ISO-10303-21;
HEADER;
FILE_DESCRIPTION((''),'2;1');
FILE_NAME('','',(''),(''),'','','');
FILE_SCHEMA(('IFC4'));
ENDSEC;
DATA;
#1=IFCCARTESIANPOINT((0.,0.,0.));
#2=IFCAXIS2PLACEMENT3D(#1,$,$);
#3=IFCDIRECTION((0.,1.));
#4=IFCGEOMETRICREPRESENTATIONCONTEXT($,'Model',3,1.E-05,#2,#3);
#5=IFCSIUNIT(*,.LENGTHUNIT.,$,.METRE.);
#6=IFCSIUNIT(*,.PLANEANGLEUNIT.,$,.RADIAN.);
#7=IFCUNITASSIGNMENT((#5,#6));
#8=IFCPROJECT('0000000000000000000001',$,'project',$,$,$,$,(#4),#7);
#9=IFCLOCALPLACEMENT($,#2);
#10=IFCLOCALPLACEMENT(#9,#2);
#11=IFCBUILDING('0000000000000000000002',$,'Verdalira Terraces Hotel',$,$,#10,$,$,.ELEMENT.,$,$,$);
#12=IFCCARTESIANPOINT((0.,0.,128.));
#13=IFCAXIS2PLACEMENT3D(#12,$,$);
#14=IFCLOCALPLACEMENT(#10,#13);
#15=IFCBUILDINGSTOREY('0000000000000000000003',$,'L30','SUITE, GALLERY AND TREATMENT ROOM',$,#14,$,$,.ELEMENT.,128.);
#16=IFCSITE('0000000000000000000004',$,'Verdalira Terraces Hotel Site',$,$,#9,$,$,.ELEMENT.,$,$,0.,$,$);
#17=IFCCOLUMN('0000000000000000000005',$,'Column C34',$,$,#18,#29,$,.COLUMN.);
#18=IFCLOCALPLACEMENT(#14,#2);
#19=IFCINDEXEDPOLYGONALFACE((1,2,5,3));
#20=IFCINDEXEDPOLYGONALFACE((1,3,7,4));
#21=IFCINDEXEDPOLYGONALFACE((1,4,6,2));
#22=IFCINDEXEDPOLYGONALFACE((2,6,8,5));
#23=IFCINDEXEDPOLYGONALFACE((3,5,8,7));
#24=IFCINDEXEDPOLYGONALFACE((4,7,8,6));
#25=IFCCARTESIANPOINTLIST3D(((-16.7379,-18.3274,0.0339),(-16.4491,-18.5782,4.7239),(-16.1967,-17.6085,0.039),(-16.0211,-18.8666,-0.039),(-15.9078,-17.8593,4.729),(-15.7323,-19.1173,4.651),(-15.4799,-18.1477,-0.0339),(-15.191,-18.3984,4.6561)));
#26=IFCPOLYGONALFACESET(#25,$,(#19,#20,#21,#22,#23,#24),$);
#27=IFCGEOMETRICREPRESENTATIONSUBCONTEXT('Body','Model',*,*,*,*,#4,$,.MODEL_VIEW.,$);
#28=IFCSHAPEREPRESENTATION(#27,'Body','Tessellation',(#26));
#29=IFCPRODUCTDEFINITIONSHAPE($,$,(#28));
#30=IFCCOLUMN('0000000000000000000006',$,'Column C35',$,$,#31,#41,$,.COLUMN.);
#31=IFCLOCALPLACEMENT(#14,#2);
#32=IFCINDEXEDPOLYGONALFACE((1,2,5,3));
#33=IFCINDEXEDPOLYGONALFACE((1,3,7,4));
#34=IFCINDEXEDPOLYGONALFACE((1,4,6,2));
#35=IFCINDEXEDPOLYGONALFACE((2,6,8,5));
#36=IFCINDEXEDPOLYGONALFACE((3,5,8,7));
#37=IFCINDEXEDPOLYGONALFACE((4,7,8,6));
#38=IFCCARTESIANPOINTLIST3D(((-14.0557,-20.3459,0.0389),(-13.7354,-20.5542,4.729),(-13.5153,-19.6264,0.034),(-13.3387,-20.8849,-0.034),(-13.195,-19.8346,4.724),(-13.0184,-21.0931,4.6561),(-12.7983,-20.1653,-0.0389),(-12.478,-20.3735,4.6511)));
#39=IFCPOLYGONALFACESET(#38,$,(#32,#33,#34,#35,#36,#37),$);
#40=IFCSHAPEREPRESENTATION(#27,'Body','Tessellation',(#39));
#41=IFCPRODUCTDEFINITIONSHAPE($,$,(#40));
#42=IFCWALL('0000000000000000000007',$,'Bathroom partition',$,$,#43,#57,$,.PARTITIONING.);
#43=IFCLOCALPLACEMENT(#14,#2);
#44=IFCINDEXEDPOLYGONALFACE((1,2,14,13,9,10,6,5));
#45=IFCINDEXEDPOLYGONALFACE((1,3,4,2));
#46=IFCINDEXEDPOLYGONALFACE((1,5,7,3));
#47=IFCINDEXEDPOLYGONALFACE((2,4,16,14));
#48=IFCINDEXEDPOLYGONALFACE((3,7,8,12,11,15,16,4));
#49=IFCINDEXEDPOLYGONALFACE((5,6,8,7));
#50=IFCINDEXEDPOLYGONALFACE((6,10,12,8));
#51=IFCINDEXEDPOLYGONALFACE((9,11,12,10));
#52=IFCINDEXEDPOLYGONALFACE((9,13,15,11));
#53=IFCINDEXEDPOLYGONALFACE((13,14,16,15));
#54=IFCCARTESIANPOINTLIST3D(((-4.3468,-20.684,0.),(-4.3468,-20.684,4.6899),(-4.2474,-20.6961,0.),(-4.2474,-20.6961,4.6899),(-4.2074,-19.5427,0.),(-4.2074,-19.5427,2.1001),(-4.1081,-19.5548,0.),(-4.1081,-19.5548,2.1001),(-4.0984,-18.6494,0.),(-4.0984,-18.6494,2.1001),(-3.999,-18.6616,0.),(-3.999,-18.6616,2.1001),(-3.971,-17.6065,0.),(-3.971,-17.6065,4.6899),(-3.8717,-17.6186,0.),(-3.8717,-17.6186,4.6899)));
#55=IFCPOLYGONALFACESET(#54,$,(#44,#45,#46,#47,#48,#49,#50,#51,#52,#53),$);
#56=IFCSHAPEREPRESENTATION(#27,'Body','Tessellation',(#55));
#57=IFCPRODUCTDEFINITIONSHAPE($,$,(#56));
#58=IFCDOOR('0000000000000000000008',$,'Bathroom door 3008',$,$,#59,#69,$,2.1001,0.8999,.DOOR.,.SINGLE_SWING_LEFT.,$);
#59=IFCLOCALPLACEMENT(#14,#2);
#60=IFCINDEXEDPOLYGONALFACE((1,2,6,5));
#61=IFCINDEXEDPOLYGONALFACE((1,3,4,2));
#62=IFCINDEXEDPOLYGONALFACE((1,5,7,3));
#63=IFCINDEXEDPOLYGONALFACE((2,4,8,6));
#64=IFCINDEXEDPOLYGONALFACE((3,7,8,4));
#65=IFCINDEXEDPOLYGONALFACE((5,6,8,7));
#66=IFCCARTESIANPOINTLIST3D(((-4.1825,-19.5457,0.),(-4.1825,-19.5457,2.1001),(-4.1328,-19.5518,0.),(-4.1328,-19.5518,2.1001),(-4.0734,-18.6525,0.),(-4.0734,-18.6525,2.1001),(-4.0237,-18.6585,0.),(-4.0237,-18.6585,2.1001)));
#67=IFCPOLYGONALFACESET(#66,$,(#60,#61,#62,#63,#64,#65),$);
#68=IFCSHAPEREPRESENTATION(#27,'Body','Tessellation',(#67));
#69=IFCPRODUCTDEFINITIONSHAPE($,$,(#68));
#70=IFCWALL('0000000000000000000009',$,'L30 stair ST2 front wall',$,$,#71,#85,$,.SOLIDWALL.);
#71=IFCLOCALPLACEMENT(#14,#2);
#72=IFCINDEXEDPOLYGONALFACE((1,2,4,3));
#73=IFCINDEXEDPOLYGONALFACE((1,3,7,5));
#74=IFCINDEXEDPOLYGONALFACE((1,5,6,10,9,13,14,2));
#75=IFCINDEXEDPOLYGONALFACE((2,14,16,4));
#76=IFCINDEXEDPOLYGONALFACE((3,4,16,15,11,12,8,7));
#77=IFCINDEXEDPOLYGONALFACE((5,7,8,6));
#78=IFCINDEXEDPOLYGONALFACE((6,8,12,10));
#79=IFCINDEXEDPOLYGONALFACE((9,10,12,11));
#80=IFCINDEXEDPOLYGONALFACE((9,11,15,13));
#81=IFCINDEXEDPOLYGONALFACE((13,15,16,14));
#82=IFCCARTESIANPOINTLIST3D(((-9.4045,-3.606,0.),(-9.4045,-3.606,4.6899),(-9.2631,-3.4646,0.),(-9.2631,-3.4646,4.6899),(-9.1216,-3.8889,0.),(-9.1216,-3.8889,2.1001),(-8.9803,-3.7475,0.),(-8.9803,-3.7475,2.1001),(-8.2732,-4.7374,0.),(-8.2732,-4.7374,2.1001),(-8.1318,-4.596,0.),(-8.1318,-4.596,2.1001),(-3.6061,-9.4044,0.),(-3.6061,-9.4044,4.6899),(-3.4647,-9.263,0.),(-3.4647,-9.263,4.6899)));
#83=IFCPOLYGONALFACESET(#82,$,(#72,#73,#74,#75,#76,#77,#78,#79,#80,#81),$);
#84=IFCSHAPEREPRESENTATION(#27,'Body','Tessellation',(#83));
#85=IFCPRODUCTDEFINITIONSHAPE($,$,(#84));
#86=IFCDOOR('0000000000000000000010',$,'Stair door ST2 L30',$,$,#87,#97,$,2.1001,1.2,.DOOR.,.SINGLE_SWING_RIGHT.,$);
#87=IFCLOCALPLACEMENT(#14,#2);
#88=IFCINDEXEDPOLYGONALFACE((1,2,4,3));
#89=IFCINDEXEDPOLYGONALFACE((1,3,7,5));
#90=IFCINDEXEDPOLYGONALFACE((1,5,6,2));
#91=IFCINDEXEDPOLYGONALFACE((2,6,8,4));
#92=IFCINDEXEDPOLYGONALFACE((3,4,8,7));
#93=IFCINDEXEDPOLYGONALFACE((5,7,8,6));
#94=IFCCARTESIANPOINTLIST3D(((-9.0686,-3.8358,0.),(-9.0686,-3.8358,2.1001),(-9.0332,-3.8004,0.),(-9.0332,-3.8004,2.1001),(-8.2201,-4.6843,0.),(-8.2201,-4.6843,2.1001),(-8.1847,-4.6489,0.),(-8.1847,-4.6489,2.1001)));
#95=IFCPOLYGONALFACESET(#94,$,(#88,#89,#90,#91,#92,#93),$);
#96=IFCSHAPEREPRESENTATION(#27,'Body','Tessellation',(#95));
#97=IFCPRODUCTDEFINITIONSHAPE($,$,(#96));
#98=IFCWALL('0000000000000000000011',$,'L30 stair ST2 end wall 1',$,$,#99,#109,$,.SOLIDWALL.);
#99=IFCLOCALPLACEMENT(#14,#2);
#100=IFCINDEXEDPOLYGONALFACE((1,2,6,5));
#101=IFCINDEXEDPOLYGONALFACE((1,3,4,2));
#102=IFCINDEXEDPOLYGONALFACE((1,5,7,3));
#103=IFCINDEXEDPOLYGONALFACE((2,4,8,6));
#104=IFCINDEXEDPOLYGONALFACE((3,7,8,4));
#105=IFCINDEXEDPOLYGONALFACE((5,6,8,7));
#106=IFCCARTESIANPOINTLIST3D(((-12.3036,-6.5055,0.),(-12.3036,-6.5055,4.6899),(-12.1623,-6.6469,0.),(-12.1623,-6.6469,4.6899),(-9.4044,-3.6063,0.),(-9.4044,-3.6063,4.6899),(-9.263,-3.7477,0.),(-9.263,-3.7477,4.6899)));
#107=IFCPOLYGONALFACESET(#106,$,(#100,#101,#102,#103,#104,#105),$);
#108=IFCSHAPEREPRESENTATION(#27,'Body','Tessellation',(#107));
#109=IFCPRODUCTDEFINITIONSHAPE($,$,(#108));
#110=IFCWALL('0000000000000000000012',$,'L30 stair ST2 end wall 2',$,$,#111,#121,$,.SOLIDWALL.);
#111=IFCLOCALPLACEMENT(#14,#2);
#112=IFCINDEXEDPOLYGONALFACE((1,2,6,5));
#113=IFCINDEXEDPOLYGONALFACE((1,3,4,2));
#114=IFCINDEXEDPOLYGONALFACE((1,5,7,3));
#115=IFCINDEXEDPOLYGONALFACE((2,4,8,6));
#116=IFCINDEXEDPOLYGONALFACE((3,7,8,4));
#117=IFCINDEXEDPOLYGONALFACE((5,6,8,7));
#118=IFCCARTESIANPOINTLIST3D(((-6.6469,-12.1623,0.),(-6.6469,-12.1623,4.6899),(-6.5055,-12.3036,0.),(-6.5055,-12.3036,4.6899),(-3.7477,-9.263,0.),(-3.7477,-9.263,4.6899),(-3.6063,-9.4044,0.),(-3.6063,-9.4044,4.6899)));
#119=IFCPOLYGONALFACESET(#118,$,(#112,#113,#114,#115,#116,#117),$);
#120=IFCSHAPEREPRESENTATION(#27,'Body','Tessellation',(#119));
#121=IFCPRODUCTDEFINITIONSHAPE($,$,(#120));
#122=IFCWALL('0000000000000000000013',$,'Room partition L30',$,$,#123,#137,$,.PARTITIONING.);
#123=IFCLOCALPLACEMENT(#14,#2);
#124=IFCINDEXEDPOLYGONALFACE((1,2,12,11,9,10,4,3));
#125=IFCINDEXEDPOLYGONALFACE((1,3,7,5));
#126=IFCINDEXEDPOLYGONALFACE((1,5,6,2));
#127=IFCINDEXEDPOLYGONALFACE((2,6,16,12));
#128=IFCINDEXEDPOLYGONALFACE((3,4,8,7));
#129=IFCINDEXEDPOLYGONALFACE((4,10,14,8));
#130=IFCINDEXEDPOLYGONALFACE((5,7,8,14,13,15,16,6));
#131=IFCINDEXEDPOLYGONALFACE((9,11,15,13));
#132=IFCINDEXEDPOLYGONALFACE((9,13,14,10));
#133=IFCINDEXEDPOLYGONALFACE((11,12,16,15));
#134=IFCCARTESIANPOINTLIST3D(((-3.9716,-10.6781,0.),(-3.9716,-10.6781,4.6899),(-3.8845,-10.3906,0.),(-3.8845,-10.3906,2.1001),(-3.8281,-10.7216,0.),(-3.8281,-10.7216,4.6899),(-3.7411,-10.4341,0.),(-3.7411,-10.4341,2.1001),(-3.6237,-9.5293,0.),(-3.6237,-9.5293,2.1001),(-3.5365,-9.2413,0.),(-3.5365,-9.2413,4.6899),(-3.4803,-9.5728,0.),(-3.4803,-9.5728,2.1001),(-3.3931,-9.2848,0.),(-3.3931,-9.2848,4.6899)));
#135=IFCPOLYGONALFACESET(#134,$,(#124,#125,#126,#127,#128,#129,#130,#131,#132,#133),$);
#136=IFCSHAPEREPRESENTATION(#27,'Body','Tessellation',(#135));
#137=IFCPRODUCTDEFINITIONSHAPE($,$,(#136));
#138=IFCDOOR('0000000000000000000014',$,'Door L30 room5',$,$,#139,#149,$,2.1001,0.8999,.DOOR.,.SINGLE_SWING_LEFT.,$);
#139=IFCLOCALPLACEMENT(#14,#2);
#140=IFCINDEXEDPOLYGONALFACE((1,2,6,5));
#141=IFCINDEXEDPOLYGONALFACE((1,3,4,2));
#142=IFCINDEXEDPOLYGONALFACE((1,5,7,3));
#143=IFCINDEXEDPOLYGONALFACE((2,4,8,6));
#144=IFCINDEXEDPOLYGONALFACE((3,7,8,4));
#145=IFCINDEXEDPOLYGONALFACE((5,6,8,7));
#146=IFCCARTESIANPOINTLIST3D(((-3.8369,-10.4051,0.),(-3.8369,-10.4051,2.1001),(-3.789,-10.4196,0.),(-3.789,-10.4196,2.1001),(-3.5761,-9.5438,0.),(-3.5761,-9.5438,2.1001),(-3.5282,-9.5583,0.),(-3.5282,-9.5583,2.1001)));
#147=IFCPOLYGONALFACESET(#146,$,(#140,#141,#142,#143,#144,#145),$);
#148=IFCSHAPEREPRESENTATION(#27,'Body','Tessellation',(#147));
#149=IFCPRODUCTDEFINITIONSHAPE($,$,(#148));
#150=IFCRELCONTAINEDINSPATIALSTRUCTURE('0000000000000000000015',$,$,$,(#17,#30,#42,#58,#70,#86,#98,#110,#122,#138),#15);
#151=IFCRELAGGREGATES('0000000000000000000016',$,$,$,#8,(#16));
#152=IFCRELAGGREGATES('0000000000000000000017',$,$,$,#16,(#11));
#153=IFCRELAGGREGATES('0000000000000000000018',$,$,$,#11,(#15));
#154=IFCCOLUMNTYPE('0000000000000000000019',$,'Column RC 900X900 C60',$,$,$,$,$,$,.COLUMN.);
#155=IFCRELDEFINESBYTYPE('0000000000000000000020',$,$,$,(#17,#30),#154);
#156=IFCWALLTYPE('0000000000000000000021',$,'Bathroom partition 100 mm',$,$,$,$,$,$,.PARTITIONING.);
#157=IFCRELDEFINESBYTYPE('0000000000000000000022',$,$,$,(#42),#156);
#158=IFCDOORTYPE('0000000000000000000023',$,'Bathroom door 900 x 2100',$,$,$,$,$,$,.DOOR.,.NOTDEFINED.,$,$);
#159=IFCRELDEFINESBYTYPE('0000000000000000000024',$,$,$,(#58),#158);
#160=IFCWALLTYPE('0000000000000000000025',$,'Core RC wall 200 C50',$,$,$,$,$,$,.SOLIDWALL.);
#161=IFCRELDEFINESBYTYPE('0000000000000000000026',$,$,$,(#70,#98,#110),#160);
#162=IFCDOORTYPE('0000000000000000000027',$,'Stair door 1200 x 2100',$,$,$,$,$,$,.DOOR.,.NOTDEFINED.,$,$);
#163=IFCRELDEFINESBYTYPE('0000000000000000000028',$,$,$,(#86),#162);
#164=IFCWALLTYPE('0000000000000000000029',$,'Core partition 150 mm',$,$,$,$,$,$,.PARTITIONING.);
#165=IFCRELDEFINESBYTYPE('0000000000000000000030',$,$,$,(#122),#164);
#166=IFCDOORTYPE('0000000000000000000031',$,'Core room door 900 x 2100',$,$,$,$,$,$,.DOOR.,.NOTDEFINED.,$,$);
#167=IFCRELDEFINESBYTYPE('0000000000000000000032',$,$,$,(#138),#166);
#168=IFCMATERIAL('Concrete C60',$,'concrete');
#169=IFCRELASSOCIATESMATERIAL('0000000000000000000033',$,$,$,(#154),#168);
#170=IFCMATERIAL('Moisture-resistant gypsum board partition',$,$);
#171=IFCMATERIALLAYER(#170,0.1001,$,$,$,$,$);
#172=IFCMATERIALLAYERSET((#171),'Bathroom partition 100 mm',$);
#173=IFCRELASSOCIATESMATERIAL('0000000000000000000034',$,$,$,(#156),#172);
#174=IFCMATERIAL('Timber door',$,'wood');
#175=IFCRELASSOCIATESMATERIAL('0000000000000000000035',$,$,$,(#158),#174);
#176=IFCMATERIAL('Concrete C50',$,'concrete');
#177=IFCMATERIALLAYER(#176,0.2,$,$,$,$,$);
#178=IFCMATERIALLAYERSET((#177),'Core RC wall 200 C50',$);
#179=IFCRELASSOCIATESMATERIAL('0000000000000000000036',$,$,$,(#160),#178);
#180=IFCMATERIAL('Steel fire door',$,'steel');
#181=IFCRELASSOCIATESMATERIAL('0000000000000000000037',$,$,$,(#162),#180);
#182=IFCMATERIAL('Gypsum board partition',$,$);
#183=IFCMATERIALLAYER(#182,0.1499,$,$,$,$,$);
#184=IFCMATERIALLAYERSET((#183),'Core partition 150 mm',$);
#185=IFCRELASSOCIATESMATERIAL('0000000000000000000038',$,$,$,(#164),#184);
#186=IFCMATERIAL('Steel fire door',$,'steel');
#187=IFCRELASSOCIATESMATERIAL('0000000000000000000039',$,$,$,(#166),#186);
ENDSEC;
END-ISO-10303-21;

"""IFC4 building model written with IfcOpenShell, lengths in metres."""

from ifc_helpers import new_model, si_unit, direction, frame, frame_2d, origin, origin_2d, place, context, subcontext, project, spatial, rectangle, extrude, material, layer, layer_set, material_profile, profile_set, type_object, element, fill, save


model = new_model("IFC4")

# Units and contexts
model_context = context("Model", 3, precision=1e-05, world=origin(), true_north=direction((0.0, 1.0)))
body_context = subcontext(model_context, "Body", "Model", "MODEL_VIEW")
ifc_project = project(units=[si_unit("LENGTHUNIT", "METRE"), si_unit("PLANEANGLEUNIT", "RADIAN")], contexts=[model_context])

# Site, building, storey
site_placement = place(None, origin())
site = spatial("IfcSite", under=ifc_project, at=site_placement, Name="Verdalira Terraces Hotel Site", CompositionType="ELEMENT", RefElevation=0.0)
building_placement = place(site_placement, origin())
building = spatial("IfcBuilding", under=site, at=building_placement, Name="Verdalira Terraces Hotel", CompositionType="ELEMENT")
storey_placement = place(building_placement, frame((0.0, 0.0, 128.0)))
storey = spatial("IfcBuildingStorey", under=building, at=storey_placement, Name="L30", Description="SUITE, GALLERY AND TREATMENT ROOM", CompositionType="ELEMENT", Elevation=128.0)

# Columns
ifc_material_1 = material(Name="Concrete C60", Category="concrete")
ifc_material_profile = material_profile(ifc_material_1, rectangle(XDim=0.8999, YDim=0.8999, at=origin_2d()), Name="RC 900X900")
ifc_profile_set = profile_set([ifc_material_profile], Name="Concrete C60")
column_type = type_object("IfcColumnType", Name="Column RC 900X900 C60", PredefinedType="COLUMN", material=ifc_profile_set)
for number, where, z_axis, x_axis, name in (
    (1, (-16.1089, -18.2375, 0.0), (0.061379, -0.053285, 0.996691), (-0.601459, -0.798883, -0.00567), "Column C34"),
    (2, (-13.427, -20.2556, 0.0), (0.068072, -0.044257, 0.996698), (-0.600482, -0.799619, 0.005505), "Column C35"),
):
    element("IfcColumn", number, at=place(storey_placement, frame(where, z_axis=z_axis, x_axis=x_axis)), inside=storey, type_object=column_type, Name=name, PredefinedType="COLUMN", context=body_context, shape_type="SweptSolid", body=[
        extrude(rectangle(XDim=0.8999, YDim=0.8999, at=origin_2d()), origin(), (0.0, 0.0, 1.0), 4.7056),
    ])

# Walls, openings, doors
ifc_material_2 = material(Name="Moisture-resistant gypsum board partition")
ifc_layer_1 = layer(ifc_material_2, 0.1001)
ifc_layer_set_1 = layer_set([ifc_layer_1], Name="Bathroom partition 100 mm")
wall_type_1 = type_object("IfcWallType", Name="Bathroom partition 100 mm", PredefinedType="PARTITIONING", material=ifc_layer_set_1)
wall_1_placement = place(storey_placement, frame((-4.2971, -20.6902, 0.0), z_axis=(0.0, 0.0, 1.0), x_axis=(0.121194, 0.992629, 0.0)))
wall_1 = element("IfcWall", 3, at=wall_1_placement, inside=storey, type_object=wall_type_1, Name="Bathroom partition", PredefinedType="PARTITIONING", context=body_context, shape_type="SweptSolid", body=[
    extrude(rectangle(XDim=3.1003, YDim=0.1001, at=frame_2d((1.5503, 0.0))), origin(), (0.0, 0.0, 1.0), 4.6899),
])
opening_1_placement = place(wall_1_placement, frame((1.1499, 0.0, 0.0)))
opening_1 = element("IfcOpeningElement", 4, at=opening_1_placement, cuts=wall_1, PredefinedType="OPENING", context=body_context, shape_type="SweptSolid", body=[
    extrude(rectangle(XDim=0.8999, YDim=2.1001, at=frame_2d((0.45, 1.05))), frame((0.0, 0.0601, 0.0), z_axis=(0.0, -1.0, 0.0), x_axis=(1.0, 0.0, 0.0)), (0.0, 0.0, 1.0), 0.1201),
])
ifc_material_3 = material(Name="Timber door", Category="wood")
door_type_1 = type_object("IfcDoorType", Name="Bathroom door 900 x 2100", OperationType="NOTDEFINED", PredefinedType="DOOR", material=ifc_material_3)
door_1_placement = place(opening_1_placement, origin())
door_1 = element("IfcDoor", 5, at=door_1_placement, inside=storey, type_object=door_type_1, Name="Bathroom door 3008", OperationType="SINGLE_SWING_LEFT", OverallHeight=2.1001, OverallWidth=0.8999, PredefinedType="DOOR", context=body_context, shape_type="SweptSolid", body=[
    extrude(rectangle(XDim=0.8999, YDim=2.1001, at=frame_2d((0.45, 1.05))), frame((0.0, 0.0249, 0.0), z_axis=(0.0, -1.0, 0.0), x_axis=(1.0, 0.0, 0.0)), (0.0, 0.0, 1.0), 0.05),
])
fill(opening_1, door_1)
ifc_material_4 = material(Name="Concrete C50", Category="concrete")
ifc_layer_2 = layer(ifc_material_4, 0.2)
ifc_layer_set_2 = layer_set([ifc_layer_2], Name="Core RC wall 200 C50")
wall_type_2 = type_object("IfcWallType", Name="Core RC wall 200 C50", PredefinedType="SOLIDWALL", material=ifc_layer_set_2)
wall_2_placement = place(storey_placement, frame((-3.5354, -9.3337, 0.0), z_axis=(0.0, 0.0, 1.0), x_axis=(-0.707107, 0.707107, 0.0)))
wall_2 = element("IfcWall", 6, at=wall_2_placement, inside=storey, type_object=wall_type_2, Name="L30 stair ST2 front wall", PredefinedType="SOLIDWALL", context=body_context, shape_type="SweptSolid", body=[
    extrude(rectangle(XDim=8.2002, YDim=0.2, at=frame_2d((4.1001, 0.0))), origin(), (0.0, 0.0, 1.0), 4.6899),
])
opening_2_placement = place(wall_2_placement, frame((6.6001, 0.0, 0.0)))
opening_2 = element("IfcOpeningElement", 7, at=opening_2_placement, cuts=wall_2, PredefinedType="OPENING", context=body_context, shape_type="SweptSolid", body=[
    extrude(rectangle(XDim=1.2, YDim=2.1001, at=frame_2d((0.6001, 1.05))), frame((0.0, 0.1099, 0.0), z_axis=(0.0, -1.0, 0.0), x_axis=(1.0, 0.0, 0.0)), (0.0, 0.0, 1.0), 0.22),
])
ifc_material_5 = material(Name="Steel fire door", Category="steel")
door_type_2 = type_object("IfcDoorType", Name="Stair door 1200 x 2100", OperationType="NOTDEFINED", PredefinedType="DOOR", material=ifc_material_5)
door_2_placement = place(opening_2_placement, origin())
door_2 = element("IfcDoor", 8, at=door_2_placement, inside=storey, type_object=door_type_2, Name="Stair door ST2 L30", OperationType="SINGLE_SWING_RIGHT", OverallHeight=2.1001, OverallWidth=1.2, PredefinedType="DOOR", context=body_context, shape_type="SweptSolid", body=[
    extrude(rectangle(XDim=1.2, YDim=2.1001, at=frame_2d((0.6001, 1.05))), frame((0.0, 0.0249, 0.0), z_axis=(0.0, -1.0, 0.0), x_axis=(1.0, 0.0, 0.0)), (0.0, 0.0, 1.0), 0.05),
])
fill(opening_2, door_2)

# Walls
for number, where, z_axis, x_axis, name in (
    (9, (-9.3337, -3.677, 0.0), (0.0, 0.0, 1.0), (-0.707107, -0.707107, 0.0), "L30 stair ST2 end wall 1"),
    (10, (-3.677, -9.3337, 0.0), (0.0, 0.0, 1.0), (-0.707107, -0.707107, 0.0), "L30 stair ST2 end wall 2"),
):
    element("IfcWall", number, at=place(storey_placement, frame(where, z_axis=z_axis, x_axis=x_axis)), inside=storey, type_object=wall_type_2, Name=name, PredefinedType="SOLIDWALL", context=body_context, shape_type="SweptSolid", body=[
        extrude(rectangle(XDim=4.1001, YDim=0.2, at=frame_2d((2.05, 0.0))), origin(), (0.0, 0.0, 1.0), 4.6899),
    ])

# Wall, opening, door
ifc_material_6 = material(Name="Gypsum board partition")
ifc_layer_3 = layer(ifc_material_6, 0.1499)
ifc_layer_set_3 = layer_set([ifc_layer_3], Name="Core partition 150 mm")
wall_type_3 = type_object("IfcWallType", Name="Core partition 150 mm", PredefinedType="PARTITIONING", material=ifc_layer_set_3)
wall_3_placement = place(storey_placement, frame((-3.4648, -9.2632, 0.0), z_axis=(0.0, 0.0, 1.0), x_axis=(-0.289809, -0.957085, 0.0)))
wall_3 = element("IfcWall", 11, at=wall_3_placement, inside=storey, type_object=wall_type_3, Name="Room partition L30", PredefinedType="PARTITIONING", context=body_context, shape_type="SweptSolid", body=[
    extrude(rectangle(XDim=1.5012, YDim=0.1499, at=frame_2d((0.7505, 0.0))), origin(), (0.0, 0.0, 1.0), 4.6899),
])
opening_3_placement = place(wall_3_placement, frame((0.3008, 0.0, 0.0)))
opening_3 = element("IfcOpeningElement", 12, at=opening_3_placement, cuts=wall_3, PredefinedType="OPENING", context=body_context, shape_type="SweptSolid", body=[
    extrude(rectangle(XDim=0.8999, YDim=2.1001, at=frame_2d((0.45, 1.05))), frame((0.0, 0.085, 0.0), z_axis=(0.0, -1.0, 0.0), x_axis=(1.0, 0.0, 0.0)), (0.0, 0.0, 1.0), 0.1699),
])
ifc_material_7 = material(Name="Steel fire door", Category="steel")
door_type_3 = type_object("IfcDoorType", Name="Core room door 900 x 2100", OperationType="NOTDEFINED", PredefinedType="DOOR", material=ifc_material_7)
door_3_placement = place(opening_3_placement, origin())
door_3 = element("IfcDoor", 13, at=door_3_placement, inside=storey, type_object=door_type_3, Name="Door L30 room5", OperationType="SINGLE_SWING_LEFT", OverallHeight=2.1001, OverallWidth=0.8999, PredefinedType="DOOR", context=body_context, shape_type="SweptSolid", body=[
    extrude(rectangle(XDim=0.8999, YDim=2.1001, at=frame_2d((0.45, 1.05))), frame((0.0, 0.0249, 0.0), z_axis=(0.0, -1.0, 0.0), x_axis=(1.0, 0.0, 0.0)), (0.0, 0.0, 1.0), 0.05),
])
fill(opening_3, door_3)

save(model, "model.ifc")
